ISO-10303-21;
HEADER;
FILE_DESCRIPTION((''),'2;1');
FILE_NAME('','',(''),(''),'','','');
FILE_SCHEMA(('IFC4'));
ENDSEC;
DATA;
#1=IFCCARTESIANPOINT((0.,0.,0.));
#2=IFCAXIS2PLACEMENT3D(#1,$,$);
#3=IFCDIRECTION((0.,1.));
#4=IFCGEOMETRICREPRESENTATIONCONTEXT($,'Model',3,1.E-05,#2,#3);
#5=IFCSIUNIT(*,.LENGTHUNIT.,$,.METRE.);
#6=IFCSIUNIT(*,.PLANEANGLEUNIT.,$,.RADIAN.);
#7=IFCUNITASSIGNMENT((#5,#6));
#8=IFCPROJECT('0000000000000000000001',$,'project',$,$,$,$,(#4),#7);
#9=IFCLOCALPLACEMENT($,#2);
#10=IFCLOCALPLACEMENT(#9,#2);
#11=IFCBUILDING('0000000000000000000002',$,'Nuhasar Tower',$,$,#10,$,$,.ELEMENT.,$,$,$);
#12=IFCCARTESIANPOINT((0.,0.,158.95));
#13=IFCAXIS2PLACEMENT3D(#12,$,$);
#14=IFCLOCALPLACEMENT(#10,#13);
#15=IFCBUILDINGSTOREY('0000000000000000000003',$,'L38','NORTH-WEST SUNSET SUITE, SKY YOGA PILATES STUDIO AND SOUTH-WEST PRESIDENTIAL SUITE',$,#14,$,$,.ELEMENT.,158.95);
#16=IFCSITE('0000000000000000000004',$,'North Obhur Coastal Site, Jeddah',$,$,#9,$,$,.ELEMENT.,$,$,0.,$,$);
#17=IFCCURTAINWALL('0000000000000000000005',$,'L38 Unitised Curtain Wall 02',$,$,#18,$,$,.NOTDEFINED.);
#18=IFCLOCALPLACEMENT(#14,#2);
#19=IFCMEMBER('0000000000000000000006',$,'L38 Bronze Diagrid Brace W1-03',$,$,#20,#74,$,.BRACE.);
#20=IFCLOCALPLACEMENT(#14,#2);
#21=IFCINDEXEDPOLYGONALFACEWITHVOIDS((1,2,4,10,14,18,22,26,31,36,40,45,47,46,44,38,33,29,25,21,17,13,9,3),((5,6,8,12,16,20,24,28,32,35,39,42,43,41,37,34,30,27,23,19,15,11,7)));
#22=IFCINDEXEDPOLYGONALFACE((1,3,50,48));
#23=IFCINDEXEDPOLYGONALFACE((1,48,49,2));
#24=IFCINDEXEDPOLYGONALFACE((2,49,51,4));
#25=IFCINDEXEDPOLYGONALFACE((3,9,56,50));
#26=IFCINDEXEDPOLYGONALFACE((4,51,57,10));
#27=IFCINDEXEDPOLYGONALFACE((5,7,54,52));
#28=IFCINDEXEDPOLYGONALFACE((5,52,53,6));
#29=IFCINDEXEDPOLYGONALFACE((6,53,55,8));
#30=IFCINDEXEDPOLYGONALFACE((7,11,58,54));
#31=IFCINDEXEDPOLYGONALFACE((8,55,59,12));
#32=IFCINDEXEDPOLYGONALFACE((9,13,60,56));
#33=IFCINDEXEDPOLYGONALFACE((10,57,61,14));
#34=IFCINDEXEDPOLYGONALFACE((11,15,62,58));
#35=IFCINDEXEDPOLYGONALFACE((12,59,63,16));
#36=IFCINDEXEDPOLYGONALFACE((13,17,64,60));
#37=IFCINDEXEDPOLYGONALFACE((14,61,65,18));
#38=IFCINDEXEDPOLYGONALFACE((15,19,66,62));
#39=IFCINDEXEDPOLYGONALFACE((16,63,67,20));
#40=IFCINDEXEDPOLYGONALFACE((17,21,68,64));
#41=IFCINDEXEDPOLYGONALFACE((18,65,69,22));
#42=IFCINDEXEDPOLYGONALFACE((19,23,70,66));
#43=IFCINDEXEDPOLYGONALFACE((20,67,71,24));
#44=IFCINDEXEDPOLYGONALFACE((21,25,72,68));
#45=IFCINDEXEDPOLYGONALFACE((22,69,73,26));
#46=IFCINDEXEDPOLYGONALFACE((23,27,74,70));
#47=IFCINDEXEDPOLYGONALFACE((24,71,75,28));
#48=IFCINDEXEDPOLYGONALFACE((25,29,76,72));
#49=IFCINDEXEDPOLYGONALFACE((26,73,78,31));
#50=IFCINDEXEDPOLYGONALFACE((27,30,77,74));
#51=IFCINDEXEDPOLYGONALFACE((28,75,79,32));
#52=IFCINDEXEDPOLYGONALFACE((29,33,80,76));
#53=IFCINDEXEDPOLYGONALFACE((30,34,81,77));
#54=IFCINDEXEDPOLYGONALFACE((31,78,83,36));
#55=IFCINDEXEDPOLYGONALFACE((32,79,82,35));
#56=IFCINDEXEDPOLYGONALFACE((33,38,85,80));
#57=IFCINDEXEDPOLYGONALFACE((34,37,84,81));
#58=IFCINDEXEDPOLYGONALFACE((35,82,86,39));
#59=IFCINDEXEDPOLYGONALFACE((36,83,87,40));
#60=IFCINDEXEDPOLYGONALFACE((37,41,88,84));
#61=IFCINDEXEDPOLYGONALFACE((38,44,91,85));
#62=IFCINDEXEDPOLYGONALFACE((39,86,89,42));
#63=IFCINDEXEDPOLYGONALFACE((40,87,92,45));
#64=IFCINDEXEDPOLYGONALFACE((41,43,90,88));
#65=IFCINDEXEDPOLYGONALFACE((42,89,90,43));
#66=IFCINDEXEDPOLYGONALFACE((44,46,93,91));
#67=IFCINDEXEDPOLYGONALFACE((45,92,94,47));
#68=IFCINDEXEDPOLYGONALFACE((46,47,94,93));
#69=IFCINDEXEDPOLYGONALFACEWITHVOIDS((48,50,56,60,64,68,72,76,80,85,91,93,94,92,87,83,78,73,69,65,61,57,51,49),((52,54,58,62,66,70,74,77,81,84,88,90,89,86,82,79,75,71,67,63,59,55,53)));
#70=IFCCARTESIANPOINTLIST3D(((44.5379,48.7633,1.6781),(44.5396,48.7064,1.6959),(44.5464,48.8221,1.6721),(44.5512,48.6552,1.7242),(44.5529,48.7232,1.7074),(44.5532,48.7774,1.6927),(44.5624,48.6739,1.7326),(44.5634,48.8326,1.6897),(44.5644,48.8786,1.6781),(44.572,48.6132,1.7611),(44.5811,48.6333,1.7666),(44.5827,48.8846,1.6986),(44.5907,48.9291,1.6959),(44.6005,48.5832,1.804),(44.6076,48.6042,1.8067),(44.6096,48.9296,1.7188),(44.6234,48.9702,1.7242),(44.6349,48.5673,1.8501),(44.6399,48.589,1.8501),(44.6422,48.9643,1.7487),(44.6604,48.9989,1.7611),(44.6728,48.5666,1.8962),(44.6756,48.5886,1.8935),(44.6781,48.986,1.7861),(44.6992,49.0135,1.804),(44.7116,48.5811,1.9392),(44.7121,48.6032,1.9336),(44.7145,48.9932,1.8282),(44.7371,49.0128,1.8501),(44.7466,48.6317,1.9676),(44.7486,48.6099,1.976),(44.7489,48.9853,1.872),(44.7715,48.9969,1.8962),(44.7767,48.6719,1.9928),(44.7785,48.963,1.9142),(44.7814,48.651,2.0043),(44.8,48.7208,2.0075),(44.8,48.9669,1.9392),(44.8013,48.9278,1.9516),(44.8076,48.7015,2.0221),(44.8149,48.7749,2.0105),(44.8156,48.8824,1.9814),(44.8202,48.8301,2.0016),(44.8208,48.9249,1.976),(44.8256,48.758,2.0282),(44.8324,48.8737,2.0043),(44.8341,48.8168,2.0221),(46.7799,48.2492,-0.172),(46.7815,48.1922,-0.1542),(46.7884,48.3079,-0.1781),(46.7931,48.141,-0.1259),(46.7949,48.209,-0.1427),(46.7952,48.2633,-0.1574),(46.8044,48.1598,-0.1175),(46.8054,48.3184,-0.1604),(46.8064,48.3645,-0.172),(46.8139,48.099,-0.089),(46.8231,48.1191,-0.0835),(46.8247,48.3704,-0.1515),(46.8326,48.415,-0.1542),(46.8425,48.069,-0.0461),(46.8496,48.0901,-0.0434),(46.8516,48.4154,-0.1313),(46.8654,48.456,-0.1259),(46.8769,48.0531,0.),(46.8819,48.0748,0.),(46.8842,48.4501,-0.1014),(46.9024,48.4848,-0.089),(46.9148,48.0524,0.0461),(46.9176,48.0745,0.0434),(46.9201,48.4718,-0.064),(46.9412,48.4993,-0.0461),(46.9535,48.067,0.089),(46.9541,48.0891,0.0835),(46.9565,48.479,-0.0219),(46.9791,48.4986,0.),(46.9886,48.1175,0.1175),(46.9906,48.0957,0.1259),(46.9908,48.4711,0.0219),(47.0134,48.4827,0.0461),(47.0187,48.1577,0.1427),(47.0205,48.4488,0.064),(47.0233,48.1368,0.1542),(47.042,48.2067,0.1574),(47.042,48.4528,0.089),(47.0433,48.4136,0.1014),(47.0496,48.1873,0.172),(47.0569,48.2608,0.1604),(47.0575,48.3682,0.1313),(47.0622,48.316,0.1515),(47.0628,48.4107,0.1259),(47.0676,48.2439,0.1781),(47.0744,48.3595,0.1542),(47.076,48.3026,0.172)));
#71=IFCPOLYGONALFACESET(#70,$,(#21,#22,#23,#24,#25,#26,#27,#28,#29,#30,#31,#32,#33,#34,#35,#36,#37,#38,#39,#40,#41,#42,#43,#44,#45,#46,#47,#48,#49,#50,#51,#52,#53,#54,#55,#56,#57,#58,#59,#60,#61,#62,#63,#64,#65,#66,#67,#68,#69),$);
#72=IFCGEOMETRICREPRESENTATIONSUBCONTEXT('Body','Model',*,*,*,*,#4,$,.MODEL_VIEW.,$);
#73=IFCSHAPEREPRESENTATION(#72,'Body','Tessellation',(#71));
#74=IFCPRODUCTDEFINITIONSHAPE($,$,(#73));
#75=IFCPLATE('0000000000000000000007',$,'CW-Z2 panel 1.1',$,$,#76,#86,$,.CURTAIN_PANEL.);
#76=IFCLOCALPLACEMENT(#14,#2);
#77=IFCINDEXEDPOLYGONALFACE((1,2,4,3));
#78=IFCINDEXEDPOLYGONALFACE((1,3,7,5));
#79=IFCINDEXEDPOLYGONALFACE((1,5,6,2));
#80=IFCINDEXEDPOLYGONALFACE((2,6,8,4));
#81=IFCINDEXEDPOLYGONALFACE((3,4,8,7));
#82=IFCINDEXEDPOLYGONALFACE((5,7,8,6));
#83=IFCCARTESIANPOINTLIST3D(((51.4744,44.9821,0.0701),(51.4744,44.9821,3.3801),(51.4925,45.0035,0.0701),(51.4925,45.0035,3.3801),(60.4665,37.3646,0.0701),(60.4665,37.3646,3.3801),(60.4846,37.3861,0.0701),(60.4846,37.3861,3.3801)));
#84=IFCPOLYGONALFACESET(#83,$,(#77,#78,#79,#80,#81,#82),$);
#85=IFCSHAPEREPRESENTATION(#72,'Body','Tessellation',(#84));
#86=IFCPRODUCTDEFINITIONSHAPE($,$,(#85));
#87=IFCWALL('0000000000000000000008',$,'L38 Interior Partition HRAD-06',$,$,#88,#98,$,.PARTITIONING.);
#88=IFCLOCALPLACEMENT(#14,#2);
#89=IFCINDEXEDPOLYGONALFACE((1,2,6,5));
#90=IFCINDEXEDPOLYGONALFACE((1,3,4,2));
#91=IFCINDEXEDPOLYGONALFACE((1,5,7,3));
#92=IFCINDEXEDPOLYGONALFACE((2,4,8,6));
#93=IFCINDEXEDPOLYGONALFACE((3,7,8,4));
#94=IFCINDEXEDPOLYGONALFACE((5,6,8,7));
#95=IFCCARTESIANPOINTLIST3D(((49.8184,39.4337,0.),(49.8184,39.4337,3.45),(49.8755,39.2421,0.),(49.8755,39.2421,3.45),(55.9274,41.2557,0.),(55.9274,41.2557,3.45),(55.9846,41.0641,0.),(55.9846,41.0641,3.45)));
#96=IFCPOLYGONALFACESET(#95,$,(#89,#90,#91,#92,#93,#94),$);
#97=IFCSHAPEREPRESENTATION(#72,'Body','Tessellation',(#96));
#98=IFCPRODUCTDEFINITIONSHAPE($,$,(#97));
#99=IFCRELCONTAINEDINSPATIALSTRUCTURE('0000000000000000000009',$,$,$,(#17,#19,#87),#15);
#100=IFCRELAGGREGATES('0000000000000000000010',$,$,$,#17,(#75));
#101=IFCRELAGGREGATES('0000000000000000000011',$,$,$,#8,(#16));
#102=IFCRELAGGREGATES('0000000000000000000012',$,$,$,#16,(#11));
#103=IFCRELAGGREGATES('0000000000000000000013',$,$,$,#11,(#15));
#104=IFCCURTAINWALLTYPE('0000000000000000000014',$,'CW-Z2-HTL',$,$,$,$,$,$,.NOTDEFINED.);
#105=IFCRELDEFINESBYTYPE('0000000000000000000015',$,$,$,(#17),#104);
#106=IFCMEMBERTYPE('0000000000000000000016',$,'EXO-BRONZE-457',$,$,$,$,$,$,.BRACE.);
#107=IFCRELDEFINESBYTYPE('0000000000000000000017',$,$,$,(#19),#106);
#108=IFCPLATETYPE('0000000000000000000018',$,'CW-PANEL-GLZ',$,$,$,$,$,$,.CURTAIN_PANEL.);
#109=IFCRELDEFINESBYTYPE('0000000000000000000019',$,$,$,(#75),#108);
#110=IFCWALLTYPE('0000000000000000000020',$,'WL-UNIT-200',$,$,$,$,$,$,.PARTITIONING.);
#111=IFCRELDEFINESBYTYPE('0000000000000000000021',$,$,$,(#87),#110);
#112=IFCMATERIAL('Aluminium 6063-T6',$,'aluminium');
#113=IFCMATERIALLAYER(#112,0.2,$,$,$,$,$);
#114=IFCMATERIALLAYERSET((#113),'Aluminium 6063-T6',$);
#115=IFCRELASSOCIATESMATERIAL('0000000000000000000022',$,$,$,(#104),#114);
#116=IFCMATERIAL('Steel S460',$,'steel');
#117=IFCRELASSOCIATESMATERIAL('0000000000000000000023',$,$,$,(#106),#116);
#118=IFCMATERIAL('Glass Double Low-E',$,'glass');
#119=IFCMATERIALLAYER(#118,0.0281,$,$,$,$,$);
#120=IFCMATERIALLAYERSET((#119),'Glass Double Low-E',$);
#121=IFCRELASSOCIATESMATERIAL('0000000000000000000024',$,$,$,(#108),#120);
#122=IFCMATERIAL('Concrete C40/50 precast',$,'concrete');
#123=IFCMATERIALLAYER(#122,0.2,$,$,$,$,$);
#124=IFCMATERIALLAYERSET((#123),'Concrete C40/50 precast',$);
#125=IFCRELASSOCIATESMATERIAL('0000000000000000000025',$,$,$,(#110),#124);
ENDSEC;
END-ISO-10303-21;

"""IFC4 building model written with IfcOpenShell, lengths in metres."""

from ifc_helpers import new_model, si_unit, direction, frame, frame_2d, origin, origin_2d, place, context, subcontext, project, spatial, rectangle, hollow_circle, extrude, material, layer, layer_set, material_profile, profile_set, type_object, element, aggregate, save


model = new_model("IFC4")

# Units and contexts
model_context = context("Model", 3, precision=1e-05, world=origin(), true_north=direction((0.0, 1.0)))
body_context = subcontext(model_context, "Body", "Model", "MODEL_VIEW")
ifc_project = project(units=[si_unit("LENGTHUNIT", "METRE"), si_unit("PLANEANGLEUNIT", "RADIAN")], contexts=[model_context])

# Site, building, storey
site_placement = place(None, origin())
site = spatial("IfcSite", under=ifc_project, at=site_placement, Name="North Obhur Coastal Site, Jeddah", CompositionType="ELEMENT", RefElevation=0.0)
building_placement = place(site_placement, origin())
building = spatial("IfcBuilding", under=site, at=building_placement, Name="Nuhasar Tower", CompositionType="ELEMENT")
storey_placement = place(building_placement, frame((0.0, 0.0, 158.95)))
storey = spatial("IfcBuildingStorey", under=building, at=storey_placement, Name="L38", Description="NORTH-WEST SUNSET SUITE, SKY YOGA PILATES STUDIO AND SOUTH-WEST PRESIDENTIAL SUITE", CompositionType="ELEMENT", Elevation=158.95)

# Shared definitions
ifc_material_1 = material(Name="Aluminium 6063-T6", Category="aluminium")
ifc_layer_1 = layer(ifc_material_1, 0.2)
ifc_layer_set_1 = layer_set([ifc_layer_1], Name="Aluminium 6063-T6")
curtain_wall_type = type_object("IfcCurtainWallType", Name="CW-Z2-HTL", PredefinedType="NOTDEFINED", material=ifc_layer_set_1)

# Curtain wall
curtain_wall_1_placement = place(storey_placement, origin())
curtain_wall_1 = element("IfcCurtainWall", 1, at=curtain_wall_1_placement, inside=storey, type_object=curtain_wall_type, Name="L38 Unitised Curtain Wall 02", PredefinedType="NOTDEFINED")

# Member
ifc_material_2 = material(Name="Steel S460", Category="steel")
ifc_material_profile_1 = material_profile(ifc_material_2, hollow_circle(Radius=0.2285, WallThickness=0.0222, at=origin_2d()), Name="HSS457X22.2")
ifc_profile_set_1 = profile_set([ifc_material_profile_1], Name="Steel S460")
member_type_1 = type_object("IfcMemberType", Name="EXO-BRONZE-457", PredefinedType="BRACE", material=ifc_profile_set_1)
member_1_placement = place(storey_placement, frame((46.928, 48.2759, 0.0), z_axis=(-0.7595, 0.174181, 0.626755), x_axis=(-0.223534, -0.974696, 0.0)))
element("IfcMember", 2, at=member_1_placement, inside=storey, type_object=member_type_1, Name="L38 Bronze Diagrid Brace W1-03", PredefinedType="BRACE", context=body_context, shape_type="SweptSolid", body=[
    extrude(hollow_circle(Radius=0.2285, WallThickness=0.0222, at=origin_2d()), origin(), (0.0, 0.0, 1.0), 2.9519),
])

# Plate
ifc_material_3 = material(Name="Glass Double Low-E", Category="glass")
ifc_layer_2 = layer(ifc_material_3, 0.0281)
ifc_layer_set_2 = layer_set([ifc_layer_2], Name="Glass Double Low-E")
plate_type = type_object("IfcPlateType", Name="CW-PANEL-GLZ", PredefinedType="CURTAIN_PANEL", material=ifc_layer_set_2)
plate_placement = place(storey_placement, frame((55.9795, 41.1841, 0.0701), z_axis=(0.0, 0.0, 1.0), x_axis=(-0.76302, 0.646374, 0.0)))
plate = element("IfcPlate", 3, at=plate_placement, type_object=plate_type, Name="CW-Z2 panel 1.1", PredefinedType="CURTAIN_PANEL", context=body_context, shape_type="SweptSolid", body=[
    extrude(rectangle(XDim=11.7849, YDim=0.0281, at=origin_2d()), origin(), (0.0, 0.0, 1.0), 3.3101),
])
aggregate(curtain_wall_1, [plate])

# Wall
ifc_material_4 = material(Name="Concrete C40/50 precast", Category="concrete")
ifc_layer_3 = layer(ifc_material_4, 0.2)
ifc_layer_set_3 = layer_set([ifc_layer_3], Name="Concrete C40/50 precast")
wall_type = type_object("IfcWallType", Name="WL-UNIT-200", PredefinedType="PARTITIONING", material=ifc_layer_set_3)
wall_placement = place(storey_placement, frame((49.8469, 39.3379, 0.0), z_axis=(0.0, 0.0, 1.0), x_axis=(0.958288, 0.285805, 0.0)))
element("IfcWall", 4, at=wall_placement, inside=storey, type_object=wall_type, Name="L38 Interior Partition HRAD-06", PredefinedType="PARTITIONING", context=body_context, shape_type="SweptSolid", body=[
    extrude(rectangle(XDim=6.375, YDim=0.2, at=frame_2d((3.1875, 0.0))), origin(), (0.0, 0.0, 1.0), 3.45),
])

save(model, "model.ifc")
